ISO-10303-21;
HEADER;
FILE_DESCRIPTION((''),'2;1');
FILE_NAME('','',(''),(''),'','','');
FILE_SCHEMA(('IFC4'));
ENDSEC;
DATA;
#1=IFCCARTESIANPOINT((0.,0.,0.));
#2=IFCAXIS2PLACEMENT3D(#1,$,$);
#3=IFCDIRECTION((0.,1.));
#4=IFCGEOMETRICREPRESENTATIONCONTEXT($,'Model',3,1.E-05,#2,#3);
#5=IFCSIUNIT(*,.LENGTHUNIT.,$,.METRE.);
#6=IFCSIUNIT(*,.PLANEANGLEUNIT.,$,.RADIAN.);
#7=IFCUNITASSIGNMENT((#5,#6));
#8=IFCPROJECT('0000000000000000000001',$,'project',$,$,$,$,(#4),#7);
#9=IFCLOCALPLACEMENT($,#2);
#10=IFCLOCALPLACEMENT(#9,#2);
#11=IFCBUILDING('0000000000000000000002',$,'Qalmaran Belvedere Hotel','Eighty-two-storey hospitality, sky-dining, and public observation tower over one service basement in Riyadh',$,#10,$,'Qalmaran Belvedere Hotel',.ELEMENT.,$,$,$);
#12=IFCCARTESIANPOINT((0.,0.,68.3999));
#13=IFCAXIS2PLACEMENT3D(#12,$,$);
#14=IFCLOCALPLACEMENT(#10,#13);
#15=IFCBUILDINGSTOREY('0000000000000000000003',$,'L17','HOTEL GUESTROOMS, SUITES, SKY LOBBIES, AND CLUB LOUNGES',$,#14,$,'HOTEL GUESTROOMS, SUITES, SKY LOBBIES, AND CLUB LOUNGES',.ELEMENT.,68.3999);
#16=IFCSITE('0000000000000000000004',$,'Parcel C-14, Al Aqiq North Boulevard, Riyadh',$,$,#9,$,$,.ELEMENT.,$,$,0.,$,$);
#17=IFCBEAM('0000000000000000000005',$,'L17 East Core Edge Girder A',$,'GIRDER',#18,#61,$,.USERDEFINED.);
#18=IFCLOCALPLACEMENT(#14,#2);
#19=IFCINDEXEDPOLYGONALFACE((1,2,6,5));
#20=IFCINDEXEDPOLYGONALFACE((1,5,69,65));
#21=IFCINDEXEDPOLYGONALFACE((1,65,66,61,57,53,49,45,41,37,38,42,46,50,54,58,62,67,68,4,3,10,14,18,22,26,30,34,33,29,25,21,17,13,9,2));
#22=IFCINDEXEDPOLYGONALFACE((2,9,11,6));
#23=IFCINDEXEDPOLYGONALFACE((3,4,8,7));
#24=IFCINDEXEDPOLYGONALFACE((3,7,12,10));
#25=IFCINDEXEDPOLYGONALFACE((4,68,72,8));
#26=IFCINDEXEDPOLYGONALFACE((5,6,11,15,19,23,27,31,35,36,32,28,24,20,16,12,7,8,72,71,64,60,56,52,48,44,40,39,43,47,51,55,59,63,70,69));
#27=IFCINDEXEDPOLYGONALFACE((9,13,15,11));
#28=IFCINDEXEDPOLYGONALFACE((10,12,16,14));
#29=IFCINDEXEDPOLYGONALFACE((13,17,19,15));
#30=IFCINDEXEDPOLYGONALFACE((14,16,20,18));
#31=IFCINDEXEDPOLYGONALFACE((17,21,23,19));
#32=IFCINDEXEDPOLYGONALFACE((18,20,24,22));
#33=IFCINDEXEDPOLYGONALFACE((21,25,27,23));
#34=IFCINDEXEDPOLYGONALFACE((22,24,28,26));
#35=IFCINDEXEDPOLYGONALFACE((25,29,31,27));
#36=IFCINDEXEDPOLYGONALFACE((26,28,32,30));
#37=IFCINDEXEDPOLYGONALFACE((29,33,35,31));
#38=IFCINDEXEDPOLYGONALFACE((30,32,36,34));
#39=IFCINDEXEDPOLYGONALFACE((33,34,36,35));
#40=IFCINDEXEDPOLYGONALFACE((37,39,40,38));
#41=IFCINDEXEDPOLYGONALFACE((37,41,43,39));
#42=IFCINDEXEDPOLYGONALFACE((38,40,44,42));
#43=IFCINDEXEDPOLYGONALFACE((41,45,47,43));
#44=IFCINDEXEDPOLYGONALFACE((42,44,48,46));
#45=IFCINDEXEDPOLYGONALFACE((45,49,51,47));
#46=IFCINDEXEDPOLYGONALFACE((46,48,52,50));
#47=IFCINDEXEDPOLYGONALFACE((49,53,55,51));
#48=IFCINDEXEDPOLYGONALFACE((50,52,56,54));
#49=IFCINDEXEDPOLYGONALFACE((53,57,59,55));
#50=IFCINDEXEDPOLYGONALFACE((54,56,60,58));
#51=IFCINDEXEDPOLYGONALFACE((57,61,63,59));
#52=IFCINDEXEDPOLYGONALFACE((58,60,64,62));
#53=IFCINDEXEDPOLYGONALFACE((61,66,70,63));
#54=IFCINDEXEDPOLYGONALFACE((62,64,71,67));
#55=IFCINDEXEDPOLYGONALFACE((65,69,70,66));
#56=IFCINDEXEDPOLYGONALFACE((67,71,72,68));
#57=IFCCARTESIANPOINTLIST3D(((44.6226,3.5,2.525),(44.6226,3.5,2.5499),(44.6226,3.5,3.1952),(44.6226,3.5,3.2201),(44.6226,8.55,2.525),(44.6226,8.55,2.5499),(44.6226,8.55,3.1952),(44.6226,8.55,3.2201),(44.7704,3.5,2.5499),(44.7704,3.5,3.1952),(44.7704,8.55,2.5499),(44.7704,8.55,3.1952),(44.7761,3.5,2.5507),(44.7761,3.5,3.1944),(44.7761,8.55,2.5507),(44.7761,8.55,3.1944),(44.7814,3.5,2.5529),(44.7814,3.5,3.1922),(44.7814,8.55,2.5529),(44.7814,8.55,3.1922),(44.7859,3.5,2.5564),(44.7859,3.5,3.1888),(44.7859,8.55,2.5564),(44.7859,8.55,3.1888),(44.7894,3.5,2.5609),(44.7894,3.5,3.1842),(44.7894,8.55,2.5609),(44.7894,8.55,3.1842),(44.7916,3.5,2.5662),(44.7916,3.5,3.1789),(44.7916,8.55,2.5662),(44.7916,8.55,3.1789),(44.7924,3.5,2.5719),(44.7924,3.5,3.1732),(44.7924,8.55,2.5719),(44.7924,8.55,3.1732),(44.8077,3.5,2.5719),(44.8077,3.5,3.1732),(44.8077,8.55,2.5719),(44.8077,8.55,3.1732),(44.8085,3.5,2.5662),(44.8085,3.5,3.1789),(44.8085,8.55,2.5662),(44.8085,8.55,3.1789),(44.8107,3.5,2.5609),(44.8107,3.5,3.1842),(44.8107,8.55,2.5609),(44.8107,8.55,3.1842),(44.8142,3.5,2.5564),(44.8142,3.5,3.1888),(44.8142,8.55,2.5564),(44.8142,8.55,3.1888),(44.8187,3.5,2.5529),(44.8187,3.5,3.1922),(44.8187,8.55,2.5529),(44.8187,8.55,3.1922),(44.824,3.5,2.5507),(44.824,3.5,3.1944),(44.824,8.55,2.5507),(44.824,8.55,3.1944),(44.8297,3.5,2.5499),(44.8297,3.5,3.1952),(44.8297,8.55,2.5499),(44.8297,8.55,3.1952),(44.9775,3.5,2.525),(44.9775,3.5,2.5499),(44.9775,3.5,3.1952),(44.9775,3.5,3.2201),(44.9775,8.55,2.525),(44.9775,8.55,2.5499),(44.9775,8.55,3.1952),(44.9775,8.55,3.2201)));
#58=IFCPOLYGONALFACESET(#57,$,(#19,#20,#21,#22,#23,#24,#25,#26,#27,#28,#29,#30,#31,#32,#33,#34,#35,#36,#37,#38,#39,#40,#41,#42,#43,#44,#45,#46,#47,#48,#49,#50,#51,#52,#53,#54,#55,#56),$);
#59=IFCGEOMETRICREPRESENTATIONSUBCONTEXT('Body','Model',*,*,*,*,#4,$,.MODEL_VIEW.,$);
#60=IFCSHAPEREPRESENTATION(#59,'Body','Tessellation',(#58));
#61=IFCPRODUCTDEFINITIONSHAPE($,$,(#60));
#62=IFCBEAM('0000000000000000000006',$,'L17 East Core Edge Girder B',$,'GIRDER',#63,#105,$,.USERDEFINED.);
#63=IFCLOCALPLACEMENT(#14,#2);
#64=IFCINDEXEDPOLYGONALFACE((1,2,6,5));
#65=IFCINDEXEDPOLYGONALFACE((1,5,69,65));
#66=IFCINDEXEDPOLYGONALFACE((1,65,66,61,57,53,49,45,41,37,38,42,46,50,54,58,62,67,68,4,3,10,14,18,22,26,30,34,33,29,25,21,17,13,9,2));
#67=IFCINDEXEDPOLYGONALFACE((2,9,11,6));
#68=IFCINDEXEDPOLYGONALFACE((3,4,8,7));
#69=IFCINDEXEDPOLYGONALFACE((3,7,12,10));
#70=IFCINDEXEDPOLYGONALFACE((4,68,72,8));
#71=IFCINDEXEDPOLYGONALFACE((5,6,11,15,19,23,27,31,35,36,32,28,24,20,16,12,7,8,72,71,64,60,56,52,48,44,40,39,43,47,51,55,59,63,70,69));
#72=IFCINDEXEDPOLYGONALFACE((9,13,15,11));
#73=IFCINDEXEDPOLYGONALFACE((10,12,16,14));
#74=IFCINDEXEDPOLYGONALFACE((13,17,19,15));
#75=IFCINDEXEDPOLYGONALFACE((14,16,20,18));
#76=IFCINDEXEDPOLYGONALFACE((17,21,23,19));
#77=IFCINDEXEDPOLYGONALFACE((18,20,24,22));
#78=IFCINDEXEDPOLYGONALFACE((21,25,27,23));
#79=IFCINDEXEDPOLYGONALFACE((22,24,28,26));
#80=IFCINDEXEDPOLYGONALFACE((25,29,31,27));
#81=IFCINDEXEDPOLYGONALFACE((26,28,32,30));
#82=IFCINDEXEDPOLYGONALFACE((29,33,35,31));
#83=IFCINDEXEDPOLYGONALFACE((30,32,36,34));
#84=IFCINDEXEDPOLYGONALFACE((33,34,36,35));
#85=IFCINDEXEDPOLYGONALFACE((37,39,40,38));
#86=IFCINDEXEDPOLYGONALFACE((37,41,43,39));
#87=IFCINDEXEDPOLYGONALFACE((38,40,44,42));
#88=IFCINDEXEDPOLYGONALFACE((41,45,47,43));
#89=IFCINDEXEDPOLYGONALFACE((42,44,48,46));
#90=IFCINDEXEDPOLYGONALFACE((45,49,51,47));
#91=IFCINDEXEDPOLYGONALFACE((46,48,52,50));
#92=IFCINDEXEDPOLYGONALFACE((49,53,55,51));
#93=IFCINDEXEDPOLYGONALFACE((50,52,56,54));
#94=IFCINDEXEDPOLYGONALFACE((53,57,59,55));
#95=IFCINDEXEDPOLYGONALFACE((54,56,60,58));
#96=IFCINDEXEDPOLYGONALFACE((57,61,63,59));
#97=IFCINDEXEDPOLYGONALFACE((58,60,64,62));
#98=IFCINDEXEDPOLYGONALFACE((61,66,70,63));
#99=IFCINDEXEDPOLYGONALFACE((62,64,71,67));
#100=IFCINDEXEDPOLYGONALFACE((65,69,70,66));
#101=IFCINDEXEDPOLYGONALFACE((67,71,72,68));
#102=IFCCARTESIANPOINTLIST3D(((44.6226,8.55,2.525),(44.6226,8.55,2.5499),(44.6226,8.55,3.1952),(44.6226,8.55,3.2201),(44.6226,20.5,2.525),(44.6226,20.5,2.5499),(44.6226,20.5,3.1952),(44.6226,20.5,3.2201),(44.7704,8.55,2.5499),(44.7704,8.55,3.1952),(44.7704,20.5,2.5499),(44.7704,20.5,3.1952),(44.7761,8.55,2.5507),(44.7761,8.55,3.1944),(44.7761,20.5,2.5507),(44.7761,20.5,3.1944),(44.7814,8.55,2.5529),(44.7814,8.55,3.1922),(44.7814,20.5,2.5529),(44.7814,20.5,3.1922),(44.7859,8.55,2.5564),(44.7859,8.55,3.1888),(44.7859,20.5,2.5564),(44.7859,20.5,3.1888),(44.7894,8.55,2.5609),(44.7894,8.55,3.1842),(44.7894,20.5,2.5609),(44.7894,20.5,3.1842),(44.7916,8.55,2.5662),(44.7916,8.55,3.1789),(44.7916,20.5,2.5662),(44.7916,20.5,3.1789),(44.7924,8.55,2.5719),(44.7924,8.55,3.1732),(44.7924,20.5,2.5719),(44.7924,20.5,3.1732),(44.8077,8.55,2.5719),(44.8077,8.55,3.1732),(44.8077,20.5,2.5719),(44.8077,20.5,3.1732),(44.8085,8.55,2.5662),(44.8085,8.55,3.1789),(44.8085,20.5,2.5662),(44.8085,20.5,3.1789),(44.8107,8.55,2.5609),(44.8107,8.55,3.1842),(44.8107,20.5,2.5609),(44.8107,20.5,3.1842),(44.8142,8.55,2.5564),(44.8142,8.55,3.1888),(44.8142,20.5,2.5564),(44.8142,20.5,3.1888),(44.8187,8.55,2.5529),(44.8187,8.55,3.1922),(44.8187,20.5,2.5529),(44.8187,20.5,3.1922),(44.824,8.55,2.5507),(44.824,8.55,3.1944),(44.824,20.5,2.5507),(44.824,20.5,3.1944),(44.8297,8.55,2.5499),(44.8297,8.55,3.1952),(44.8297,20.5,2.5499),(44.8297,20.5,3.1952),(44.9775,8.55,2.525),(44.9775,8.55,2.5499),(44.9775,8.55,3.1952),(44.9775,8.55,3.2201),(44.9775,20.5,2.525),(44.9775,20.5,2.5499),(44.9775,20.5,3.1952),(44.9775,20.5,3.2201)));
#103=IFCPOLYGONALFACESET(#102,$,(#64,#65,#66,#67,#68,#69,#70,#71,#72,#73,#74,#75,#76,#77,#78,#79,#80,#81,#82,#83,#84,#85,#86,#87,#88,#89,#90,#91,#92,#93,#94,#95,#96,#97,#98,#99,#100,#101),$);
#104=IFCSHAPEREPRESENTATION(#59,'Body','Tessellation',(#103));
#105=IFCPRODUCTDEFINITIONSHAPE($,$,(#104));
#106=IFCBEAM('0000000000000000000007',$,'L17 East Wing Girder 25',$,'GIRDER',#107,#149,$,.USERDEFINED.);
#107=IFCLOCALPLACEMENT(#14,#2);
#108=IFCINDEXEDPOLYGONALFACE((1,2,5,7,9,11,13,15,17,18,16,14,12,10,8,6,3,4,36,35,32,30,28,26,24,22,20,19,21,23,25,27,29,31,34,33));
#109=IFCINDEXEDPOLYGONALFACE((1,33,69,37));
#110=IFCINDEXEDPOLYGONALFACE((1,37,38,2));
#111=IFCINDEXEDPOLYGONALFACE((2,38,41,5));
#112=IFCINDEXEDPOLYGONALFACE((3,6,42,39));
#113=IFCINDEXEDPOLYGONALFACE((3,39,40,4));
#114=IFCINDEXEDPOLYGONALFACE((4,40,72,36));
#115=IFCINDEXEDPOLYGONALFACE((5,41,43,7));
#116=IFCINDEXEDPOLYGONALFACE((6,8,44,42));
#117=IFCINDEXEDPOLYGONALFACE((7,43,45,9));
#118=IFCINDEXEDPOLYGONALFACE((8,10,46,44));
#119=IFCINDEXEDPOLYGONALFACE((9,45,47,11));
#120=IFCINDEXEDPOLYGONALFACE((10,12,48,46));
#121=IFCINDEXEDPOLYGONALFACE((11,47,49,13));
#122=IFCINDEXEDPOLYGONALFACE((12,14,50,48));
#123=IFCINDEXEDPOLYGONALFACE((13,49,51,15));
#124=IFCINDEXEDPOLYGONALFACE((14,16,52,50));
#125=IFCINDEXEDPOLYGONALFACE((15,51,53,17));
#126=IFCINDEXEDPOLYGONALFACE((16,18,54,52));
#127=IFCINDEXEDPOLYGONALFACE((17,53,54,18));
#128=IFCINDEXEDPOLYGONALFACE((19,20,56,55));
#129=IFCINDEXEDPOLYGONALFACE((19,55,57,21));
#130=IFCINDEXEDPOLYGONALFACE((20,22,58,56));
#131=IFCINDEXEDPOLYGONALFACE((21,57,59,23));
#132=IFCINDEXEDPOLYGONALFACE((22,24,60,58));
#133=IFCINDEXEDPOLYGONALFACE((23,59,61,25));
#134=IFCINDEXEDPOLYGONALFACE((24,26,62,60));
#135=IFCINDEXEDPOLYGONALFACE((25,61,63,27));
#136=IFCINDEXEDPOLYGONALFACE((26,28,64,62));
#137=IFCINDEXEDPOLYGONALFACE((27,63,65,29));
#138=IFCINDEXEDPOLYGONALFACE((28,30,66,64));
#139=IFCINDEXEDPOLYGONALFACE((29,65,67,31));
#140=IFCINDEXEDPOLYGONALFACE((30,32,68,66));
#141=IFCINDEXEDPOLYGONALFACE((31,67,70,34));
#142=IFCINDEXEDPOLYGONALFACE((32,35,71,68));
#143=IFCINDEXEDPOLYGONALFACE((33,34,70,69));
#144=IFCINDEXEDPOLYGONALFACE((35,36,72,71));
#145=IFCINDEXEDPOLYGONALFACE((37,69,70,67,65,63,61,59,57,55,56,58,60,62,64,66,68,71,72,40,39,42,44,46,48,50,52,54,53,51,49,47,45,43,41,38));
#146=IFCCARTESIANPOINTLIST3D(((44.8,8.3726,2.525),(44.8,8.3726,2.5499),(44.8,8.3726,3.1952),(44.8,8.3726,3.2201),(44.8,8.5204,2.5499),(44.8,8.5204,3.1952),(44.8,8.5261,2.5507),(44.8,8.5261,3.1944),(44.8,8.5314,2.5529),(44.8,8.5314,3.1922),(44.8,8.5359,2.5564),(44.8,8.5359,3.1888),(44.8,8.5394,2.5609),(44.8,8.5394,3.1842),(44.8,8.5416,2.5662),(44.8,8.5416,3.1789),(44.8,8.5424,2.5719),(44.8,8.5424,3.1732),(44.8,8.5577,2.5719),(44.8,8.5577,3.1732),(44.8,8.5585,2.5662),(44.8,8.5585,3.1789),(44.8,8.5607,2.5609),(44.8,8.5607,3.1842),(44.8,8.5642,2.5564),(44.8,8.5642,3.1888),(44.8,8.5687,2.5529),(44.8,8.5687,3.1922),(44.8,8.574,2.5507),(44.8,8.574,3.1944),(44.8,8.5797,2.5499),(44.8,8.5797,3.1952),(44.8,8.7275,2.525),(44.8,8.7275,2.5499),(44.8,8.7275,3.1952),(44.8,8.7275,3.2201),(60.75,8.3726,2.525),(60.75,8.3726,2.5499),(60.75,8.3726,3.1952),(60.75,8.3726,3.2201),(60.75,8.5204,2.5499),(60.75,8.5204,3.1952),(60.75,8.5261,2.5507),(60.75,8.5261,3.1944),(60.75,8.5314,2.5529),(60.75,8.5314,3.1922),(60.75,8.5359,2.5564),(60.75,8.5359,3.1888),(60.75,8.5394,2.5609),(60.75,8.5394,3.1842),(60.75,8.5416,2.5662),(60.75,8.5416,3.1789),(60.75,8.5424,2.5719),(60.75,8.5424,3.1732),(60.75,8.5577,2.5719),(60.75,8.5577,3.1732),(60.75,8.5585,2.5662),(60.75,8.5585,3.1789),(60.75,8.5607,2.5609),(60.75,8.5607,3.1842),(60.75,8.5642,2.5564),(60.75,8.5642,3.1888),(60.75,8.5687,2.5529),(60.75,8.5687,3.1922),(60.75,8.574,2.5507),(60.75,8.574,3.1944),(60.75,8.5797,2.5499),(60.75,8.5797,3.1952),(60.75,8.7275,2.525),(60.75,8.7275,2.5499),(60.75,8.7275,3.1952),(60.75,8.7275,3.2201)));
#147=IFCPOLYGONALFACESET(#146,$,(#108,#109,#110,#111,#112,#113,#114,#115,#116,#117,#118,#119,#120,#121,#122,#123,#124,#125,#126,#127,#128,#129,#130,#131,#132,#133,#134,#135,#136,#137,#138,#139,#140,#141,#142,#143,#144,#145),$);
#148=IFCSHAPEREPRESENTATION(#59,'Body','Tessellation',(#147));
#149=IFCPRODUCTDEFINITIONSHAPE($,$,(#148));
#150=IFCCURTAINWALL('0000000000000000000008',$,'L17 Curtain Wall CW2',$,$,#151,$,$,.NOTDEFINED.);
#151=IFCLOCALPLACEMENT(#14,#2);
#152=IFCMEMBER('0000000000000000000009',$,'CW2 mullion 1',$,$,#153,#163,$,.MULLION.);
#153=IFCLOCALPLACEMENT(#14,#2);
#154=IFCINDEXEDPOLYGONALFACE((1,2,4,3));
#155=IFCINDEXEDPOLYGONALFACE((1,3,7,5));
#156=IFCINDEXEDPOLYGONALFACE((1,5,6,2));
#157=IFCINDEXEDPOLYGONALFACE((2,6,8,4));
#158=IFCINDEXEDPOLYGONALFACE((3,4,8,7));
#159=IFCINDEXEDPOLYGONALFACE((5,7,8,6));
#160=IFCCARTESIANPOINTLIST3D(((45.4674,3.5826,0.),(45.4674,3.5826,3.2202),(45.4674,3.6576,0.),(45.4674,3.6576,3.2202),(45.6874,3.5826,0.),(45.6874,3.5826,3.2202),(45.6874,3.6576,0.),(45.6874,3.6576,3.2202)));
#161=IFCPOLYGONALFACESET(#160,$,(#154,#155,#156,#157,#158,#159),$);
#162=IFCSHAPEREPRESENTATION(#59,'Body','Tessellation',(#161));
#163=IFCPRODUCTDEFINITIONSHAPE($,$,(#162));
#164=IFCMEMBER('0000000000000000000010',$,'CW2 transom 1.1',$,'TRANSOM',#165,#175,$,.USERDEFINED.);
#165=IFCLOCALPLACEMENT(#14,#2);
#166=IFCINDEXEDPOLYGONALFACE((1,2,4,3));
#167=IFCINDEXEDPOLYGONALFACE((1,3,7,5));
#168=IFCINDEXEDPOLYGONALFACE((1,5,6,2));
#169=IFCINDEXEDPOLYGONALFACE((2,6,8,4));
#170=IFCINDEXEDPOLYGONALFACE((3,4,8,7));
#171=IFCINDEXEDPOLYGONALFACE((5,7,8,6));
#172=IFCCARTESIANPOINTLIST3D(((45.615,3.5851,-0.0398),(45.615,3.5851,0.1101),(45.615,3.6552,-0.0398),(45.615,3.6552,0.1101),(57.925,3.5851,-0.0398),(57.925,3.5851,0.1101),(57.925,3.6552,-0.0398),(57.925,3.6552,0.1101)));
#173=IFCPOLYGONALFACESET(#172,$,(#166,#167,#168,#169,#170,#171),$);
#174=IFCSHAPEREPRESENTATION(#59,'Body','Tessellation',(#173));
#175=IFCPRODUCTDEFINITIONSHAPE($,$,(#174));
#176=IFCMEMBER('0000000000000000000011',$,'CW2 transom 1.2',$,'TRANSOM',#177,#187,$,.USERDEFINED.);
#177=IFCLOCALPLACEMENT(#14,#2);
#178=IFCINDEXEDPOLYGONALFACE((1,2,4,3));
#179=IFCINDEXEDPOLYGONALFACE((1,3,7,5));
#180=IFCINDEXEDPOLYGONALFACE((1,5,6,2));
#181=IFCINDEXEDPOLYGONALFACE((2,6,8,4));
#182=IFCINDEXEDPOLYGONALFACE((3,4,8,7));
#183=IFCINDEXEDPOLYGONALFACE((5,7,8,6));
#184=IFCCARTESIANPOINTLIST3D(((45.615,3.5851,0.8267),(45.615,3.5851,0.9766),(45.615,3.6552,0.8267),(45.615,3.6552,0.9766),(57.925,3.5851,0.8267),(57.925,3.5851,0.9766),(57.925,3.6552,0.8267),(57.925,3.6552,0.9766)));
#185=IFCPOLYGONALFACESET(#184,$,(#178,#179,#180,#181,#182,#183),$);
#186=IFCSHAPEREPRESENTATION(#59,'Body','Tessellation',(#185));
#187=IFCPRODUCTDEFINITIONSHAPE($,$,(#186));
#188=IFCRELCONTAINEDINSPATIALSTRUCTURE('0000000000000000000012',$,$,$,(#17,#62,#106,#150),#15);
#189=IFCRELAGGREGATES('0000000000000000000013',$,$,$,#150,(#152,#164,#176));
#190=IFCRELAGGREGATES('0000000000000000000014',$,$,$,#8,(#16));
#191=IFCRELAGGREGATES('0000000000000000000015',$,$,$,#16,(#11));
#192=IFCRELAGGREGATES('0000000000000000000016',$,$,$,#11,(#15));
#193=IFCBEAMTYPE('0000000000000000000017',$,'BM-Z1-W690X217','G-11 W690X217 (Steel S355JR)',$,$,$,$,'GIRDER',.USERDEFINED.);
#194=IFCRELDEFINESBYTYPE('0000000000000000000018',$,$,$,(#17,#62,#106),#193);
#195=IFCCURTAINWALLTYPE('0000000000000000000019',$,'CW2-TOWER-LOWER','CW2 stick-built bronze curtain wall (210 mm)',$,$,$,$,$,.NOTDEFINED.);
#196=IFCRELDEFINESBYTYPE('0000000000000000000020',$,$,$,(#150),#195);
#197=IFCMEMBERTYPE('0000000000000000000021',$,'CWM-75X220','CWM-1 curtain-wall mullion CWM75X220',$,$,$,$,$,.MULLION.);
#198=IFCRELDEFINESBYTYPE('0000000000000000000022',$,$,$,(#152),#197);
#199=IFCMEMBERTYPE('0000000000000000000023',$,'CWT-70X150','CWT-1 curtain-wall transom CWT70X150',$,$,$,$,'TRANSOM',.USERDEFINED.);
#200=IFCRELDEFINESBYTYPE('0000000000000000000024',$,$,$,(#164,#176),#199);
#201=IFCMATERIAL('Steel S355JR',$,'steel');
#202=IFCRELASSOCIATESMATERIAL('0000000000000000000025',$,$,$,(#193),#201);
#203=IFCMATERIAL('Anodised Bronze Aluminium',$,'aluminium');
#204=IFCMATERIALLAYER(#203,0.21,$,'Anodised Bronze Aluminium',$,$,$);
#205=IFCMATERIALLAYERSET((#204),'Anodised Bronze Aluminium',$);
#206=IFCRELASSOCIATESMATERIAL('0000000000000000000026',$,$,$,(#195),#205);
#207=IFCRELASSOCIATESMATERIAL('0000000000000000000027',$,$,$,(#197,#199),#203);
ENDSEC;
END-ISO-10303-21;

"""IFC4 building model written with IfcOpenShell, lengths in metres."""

from ifc_helpers import new_model, si_unit, direction, frame, origin, origin_2d, place, context, subcontext, project, spatial, rectangle, i_section, extrude, material, layer, layer_set, material_profile, profile_set, type_object, element, aggregate, save


model = new_model("IFC4")

# Units and contexts
model_context = context("Model", 3, precision=1e-05, world=origin(), true_north=direction((0.0, 1.0)))
body_context = subcontext(model_context, "Body", "Model", "MODEL_VIEW")
ifc_project = project(units=[si_unit("LENGTHUNIT", "METRE"), si_unit("PLANEANGLEUNIT", "RADIAN")], contexts=[model_context])

# Site, building, storey
site_placement = place(None, origin())
site = spatial("IfcSite", under=ifc_project, at=site_placement, Name="Parcel C-14, Al Aqiq North Boulevard, Riyadh", CompositionType="ELEMENT", RefElevation=0.0)
building_placement = place(site_placement, origin())
building = spatial("IfcBuilding", under=site, at=building_placement, Name="Qalmaran Belvedere Hotel", Description="Eighty-two-storey hospitality, sky-dining, and public observation tower over one service basement in Riyadh", LongName="Qalmaran Belvedere Hotel", CompositionType="ELEMENT")
storey_placement = place(building_placement, frame((0.0, 0.0, 68.3999)))
storey = spatial("IfcBuildingStorey", under=building, at=storey_placement, Name="L17", Description="HOTEL GUESTROOMS, SUITES, SKY LOBBIES, AND CLUB LOUNGES", LongName="HOTEL GUESTROOMS, SUITES, SKY LOBBIES, AND CLUB LOUNGES", CompositionType="ELEMENT", Elevation=68.3999)

# Beams
ifc_material_1 = material(Name="Steel S355JR", Category="steel")
ifc_material_profile_1 = material_profile(ifc_material_1, i_section(OverallWidth=0.355, OverallDepth=0.6951, WebThickness=0.0154, FlangeThickness=0.0249, FilletRadius=0.022, at=origin_2d()), Name="W690X217")
ifc_profile_set_1 = profile_set([ifc_material_profile_1], Name="Steel S355JR")
beam_type_1 = type_object("IfcBeamType", Name="BM-Z1-W690X217", Description="G-11 W690X217 (Steel S355JR)", ElementType="GIRDER", PredefinedType="USERDEFINED", material=ifc_profile_set_1)
beam_1_placement = place(storey_placement, frame((44.8, 3.5, 2.8726), z_axis=(0.0, 1.0, 0.0), x_axis=(-1.0, 0.0, 0.0)))
element("IfcBeam", 1, at=beam_1_placement, inside=storey, type_object=beam_type_1, Name="L17 East Core Edge Girder A", ObjectType="GIRDER", PredefinedType="USERDEFINED", context=body_context, shape_type="SweptSolid", body=[
    extrude(i_section(OverallWidth=0.355, OverallDepth=0.6951, WebThickness=0.0154, FlangeThickness=0.0249, FilletRadius=0.022, at=origin_2d()), origin(), (0.0, 0.0, 1.0), 5.05),
])
beam_2_placement = place(storey_placement, frame((44.8, 8.55, 2.8726), z_axis=(0.0, 1.0, 0.0), x_axis=(-1.0, 0.0, 0.0)))
element("IfcBeam", 2, at=beam_2_placement, inside=storey, type_object=beam_type_1, Name="L17 East Core Edge Girder B", ObjectType="GIRDER", PredefinedType="USERDEFINED", context=body_context, shape_type="SweptSolid", body=[
    extrude(i_section(OverallWidth=0.355, OverallDepth=0.6951, WebThickness=0.0154, FlangeThickness=0.0249, FilletRadius=0.022, at=origin_2d()), origin(), (0.0, 0.0, 1.0), 11.95),
])
beam_3_placement = place(storey_placement, frame((44.8, 8.55, 2.8726), z_axis=(1.0, 0.0, 0.0), x_axis=(0.0, 1.0, 0.0)))
element("IfcBeam", 3, at=beam_3_placement, inside=storey, type_object=beam_type_1, Name="L17 East Wing Girder 25", ObjectType="GIRDER", PredefinedType="USERDEFINED", context=body_context, shape_type="SweptSolid", body=[
    extrude(i_section(OverallWidth=0.355, OverallDepth=0.6951, WebThickness=0.0154, FlangeThickness=0.0249, FilletRadius=0.022, at=origin_2d()), origin(), (0.0, 0.0, 1.0), 15.95),
])

# Curtain wall, members
ifc_material_2 = material(Name="Anodised Bronze Aluminium", Category="aluminium")
ifc_layer_1 = layer(ifc_material_2, 0.21, Name="Anodised Bronze Aluminium")
ifc_layer_set_1 = layer_set([ifc_layer_1], Name="Anodised Bronze Aluminium")
curtain_wall_type = type_object("IfcCurtainWallType", Name="CW2-TOWER-LOWER", Description="CW2 stick-built bronze curtain wall (210 mm)", PredefinedType="NOTDEFINED", material=ifc_layer_set_1)
curtain_wall_placement = place(storey_placement, origin())
curtain_wall = element("IfcCurtainWall", 4, at=curtain_wall_placement, inside=storey, type_object=curtain_wall_type, Name="L17 Curtain Wall CW2", PredefinedType="NOTDEFINED")
ifc_material_profile_2 = material_profile(ifc_material_2, rectangle(XDim=0.075, YDim=0.22, at=origin_2d()), Name="CWM75X220")
ifc_profile_set_2 = profile_set([ifc_material_profile_2], Name="Anodised Bronze Aluminium")
member_type_1 = type_object("IfcMemberType", Name="CWM-75X220", Description="CWM-1 curtain-wall mullion CWM75X220", PredefinedType="MULLION", material=ifc_profile_set_2)
member_1_placement = place(storey_placement, frame((45.5774, 3.6201, 0.0), z_axis=(0.0, 0.0, 1.0), x_axis=(0.0, 1.0, 0.0)))
member_1 = element("IfcMember", 5, at=member_1_placement, type_object=member_type_1, Name="CW2 mullion 1", PredefinedType="MULLION", context=body_context, shape_type="SweptSolid", body=[
    extrude(rectangle(XDim=0.075, YDim=0.22, at=origin_2d()), origin(), (0.0, 0.0, 1.0), 3.2202),
])
ifc_material_profile_3 = material_profile(ifc_material_2, rectangle(XDim=0.0701, YDim=0.1499, at=origin_2d()), Name="CWT70X150")
ifc_profile_set_3 = profile_set([ifc_material_profile_3], Name="Anodised Bronze Aluminium")
member_type_2 = type_object("IfcMemberType", Name="CWT-70X150", Description="CWT-1 curtain-wall transom CWT70X150", ElementType="TRANSOM", PredefinedType="USERDEFINED", material=ifc_profile_set_3)
member_2_placement = place(storey_placement, frame((45.615, 3.6201, 0.0352), z_axis=(1.0, 0.0, 0.0), x_axis=(0.0, 1.0, 0.0)))
member_2 = element("IfcMember", 6, at=member_2_placement, type_object=member_type_2, Name="CW2 transom 1.1", ObjectType="TRANSOM", PredefinedType="USERDEFINED", context=body_context, shape_type="SweptSolid", body=[
    extrude(rectangle(XDim=0.0701, YDim=0.1499, at=origin_2d()), origin(), (0.0, 0.0, 1.0), 12.3101),
])
member_3_placement = place(storey_placement, frame((45.615, 3.6201, 0.9016), z_axis=(1.0, 0.0, 0.0), x_axis=(0.0, 1.0, 0.0)))
member_3 = element("IfcMember", 7, at=member_3_placement, type_object=member_type_2, Name="CW2 transom 1.2", ObjectType="TRANSOM", PredefinedType="USERDEFINED", context=body_context, shape_type="SweptSolid", body=[
    extrude(rectangle(XDim=0.0701, YDim=0.1499, at=origin_2d()), origin(), (0.0, 0.0, 1.0), 12.3101),
])
aggregate(curtain_wall, [member_1, member_2, member_3])

save(model, "model.ifc")
